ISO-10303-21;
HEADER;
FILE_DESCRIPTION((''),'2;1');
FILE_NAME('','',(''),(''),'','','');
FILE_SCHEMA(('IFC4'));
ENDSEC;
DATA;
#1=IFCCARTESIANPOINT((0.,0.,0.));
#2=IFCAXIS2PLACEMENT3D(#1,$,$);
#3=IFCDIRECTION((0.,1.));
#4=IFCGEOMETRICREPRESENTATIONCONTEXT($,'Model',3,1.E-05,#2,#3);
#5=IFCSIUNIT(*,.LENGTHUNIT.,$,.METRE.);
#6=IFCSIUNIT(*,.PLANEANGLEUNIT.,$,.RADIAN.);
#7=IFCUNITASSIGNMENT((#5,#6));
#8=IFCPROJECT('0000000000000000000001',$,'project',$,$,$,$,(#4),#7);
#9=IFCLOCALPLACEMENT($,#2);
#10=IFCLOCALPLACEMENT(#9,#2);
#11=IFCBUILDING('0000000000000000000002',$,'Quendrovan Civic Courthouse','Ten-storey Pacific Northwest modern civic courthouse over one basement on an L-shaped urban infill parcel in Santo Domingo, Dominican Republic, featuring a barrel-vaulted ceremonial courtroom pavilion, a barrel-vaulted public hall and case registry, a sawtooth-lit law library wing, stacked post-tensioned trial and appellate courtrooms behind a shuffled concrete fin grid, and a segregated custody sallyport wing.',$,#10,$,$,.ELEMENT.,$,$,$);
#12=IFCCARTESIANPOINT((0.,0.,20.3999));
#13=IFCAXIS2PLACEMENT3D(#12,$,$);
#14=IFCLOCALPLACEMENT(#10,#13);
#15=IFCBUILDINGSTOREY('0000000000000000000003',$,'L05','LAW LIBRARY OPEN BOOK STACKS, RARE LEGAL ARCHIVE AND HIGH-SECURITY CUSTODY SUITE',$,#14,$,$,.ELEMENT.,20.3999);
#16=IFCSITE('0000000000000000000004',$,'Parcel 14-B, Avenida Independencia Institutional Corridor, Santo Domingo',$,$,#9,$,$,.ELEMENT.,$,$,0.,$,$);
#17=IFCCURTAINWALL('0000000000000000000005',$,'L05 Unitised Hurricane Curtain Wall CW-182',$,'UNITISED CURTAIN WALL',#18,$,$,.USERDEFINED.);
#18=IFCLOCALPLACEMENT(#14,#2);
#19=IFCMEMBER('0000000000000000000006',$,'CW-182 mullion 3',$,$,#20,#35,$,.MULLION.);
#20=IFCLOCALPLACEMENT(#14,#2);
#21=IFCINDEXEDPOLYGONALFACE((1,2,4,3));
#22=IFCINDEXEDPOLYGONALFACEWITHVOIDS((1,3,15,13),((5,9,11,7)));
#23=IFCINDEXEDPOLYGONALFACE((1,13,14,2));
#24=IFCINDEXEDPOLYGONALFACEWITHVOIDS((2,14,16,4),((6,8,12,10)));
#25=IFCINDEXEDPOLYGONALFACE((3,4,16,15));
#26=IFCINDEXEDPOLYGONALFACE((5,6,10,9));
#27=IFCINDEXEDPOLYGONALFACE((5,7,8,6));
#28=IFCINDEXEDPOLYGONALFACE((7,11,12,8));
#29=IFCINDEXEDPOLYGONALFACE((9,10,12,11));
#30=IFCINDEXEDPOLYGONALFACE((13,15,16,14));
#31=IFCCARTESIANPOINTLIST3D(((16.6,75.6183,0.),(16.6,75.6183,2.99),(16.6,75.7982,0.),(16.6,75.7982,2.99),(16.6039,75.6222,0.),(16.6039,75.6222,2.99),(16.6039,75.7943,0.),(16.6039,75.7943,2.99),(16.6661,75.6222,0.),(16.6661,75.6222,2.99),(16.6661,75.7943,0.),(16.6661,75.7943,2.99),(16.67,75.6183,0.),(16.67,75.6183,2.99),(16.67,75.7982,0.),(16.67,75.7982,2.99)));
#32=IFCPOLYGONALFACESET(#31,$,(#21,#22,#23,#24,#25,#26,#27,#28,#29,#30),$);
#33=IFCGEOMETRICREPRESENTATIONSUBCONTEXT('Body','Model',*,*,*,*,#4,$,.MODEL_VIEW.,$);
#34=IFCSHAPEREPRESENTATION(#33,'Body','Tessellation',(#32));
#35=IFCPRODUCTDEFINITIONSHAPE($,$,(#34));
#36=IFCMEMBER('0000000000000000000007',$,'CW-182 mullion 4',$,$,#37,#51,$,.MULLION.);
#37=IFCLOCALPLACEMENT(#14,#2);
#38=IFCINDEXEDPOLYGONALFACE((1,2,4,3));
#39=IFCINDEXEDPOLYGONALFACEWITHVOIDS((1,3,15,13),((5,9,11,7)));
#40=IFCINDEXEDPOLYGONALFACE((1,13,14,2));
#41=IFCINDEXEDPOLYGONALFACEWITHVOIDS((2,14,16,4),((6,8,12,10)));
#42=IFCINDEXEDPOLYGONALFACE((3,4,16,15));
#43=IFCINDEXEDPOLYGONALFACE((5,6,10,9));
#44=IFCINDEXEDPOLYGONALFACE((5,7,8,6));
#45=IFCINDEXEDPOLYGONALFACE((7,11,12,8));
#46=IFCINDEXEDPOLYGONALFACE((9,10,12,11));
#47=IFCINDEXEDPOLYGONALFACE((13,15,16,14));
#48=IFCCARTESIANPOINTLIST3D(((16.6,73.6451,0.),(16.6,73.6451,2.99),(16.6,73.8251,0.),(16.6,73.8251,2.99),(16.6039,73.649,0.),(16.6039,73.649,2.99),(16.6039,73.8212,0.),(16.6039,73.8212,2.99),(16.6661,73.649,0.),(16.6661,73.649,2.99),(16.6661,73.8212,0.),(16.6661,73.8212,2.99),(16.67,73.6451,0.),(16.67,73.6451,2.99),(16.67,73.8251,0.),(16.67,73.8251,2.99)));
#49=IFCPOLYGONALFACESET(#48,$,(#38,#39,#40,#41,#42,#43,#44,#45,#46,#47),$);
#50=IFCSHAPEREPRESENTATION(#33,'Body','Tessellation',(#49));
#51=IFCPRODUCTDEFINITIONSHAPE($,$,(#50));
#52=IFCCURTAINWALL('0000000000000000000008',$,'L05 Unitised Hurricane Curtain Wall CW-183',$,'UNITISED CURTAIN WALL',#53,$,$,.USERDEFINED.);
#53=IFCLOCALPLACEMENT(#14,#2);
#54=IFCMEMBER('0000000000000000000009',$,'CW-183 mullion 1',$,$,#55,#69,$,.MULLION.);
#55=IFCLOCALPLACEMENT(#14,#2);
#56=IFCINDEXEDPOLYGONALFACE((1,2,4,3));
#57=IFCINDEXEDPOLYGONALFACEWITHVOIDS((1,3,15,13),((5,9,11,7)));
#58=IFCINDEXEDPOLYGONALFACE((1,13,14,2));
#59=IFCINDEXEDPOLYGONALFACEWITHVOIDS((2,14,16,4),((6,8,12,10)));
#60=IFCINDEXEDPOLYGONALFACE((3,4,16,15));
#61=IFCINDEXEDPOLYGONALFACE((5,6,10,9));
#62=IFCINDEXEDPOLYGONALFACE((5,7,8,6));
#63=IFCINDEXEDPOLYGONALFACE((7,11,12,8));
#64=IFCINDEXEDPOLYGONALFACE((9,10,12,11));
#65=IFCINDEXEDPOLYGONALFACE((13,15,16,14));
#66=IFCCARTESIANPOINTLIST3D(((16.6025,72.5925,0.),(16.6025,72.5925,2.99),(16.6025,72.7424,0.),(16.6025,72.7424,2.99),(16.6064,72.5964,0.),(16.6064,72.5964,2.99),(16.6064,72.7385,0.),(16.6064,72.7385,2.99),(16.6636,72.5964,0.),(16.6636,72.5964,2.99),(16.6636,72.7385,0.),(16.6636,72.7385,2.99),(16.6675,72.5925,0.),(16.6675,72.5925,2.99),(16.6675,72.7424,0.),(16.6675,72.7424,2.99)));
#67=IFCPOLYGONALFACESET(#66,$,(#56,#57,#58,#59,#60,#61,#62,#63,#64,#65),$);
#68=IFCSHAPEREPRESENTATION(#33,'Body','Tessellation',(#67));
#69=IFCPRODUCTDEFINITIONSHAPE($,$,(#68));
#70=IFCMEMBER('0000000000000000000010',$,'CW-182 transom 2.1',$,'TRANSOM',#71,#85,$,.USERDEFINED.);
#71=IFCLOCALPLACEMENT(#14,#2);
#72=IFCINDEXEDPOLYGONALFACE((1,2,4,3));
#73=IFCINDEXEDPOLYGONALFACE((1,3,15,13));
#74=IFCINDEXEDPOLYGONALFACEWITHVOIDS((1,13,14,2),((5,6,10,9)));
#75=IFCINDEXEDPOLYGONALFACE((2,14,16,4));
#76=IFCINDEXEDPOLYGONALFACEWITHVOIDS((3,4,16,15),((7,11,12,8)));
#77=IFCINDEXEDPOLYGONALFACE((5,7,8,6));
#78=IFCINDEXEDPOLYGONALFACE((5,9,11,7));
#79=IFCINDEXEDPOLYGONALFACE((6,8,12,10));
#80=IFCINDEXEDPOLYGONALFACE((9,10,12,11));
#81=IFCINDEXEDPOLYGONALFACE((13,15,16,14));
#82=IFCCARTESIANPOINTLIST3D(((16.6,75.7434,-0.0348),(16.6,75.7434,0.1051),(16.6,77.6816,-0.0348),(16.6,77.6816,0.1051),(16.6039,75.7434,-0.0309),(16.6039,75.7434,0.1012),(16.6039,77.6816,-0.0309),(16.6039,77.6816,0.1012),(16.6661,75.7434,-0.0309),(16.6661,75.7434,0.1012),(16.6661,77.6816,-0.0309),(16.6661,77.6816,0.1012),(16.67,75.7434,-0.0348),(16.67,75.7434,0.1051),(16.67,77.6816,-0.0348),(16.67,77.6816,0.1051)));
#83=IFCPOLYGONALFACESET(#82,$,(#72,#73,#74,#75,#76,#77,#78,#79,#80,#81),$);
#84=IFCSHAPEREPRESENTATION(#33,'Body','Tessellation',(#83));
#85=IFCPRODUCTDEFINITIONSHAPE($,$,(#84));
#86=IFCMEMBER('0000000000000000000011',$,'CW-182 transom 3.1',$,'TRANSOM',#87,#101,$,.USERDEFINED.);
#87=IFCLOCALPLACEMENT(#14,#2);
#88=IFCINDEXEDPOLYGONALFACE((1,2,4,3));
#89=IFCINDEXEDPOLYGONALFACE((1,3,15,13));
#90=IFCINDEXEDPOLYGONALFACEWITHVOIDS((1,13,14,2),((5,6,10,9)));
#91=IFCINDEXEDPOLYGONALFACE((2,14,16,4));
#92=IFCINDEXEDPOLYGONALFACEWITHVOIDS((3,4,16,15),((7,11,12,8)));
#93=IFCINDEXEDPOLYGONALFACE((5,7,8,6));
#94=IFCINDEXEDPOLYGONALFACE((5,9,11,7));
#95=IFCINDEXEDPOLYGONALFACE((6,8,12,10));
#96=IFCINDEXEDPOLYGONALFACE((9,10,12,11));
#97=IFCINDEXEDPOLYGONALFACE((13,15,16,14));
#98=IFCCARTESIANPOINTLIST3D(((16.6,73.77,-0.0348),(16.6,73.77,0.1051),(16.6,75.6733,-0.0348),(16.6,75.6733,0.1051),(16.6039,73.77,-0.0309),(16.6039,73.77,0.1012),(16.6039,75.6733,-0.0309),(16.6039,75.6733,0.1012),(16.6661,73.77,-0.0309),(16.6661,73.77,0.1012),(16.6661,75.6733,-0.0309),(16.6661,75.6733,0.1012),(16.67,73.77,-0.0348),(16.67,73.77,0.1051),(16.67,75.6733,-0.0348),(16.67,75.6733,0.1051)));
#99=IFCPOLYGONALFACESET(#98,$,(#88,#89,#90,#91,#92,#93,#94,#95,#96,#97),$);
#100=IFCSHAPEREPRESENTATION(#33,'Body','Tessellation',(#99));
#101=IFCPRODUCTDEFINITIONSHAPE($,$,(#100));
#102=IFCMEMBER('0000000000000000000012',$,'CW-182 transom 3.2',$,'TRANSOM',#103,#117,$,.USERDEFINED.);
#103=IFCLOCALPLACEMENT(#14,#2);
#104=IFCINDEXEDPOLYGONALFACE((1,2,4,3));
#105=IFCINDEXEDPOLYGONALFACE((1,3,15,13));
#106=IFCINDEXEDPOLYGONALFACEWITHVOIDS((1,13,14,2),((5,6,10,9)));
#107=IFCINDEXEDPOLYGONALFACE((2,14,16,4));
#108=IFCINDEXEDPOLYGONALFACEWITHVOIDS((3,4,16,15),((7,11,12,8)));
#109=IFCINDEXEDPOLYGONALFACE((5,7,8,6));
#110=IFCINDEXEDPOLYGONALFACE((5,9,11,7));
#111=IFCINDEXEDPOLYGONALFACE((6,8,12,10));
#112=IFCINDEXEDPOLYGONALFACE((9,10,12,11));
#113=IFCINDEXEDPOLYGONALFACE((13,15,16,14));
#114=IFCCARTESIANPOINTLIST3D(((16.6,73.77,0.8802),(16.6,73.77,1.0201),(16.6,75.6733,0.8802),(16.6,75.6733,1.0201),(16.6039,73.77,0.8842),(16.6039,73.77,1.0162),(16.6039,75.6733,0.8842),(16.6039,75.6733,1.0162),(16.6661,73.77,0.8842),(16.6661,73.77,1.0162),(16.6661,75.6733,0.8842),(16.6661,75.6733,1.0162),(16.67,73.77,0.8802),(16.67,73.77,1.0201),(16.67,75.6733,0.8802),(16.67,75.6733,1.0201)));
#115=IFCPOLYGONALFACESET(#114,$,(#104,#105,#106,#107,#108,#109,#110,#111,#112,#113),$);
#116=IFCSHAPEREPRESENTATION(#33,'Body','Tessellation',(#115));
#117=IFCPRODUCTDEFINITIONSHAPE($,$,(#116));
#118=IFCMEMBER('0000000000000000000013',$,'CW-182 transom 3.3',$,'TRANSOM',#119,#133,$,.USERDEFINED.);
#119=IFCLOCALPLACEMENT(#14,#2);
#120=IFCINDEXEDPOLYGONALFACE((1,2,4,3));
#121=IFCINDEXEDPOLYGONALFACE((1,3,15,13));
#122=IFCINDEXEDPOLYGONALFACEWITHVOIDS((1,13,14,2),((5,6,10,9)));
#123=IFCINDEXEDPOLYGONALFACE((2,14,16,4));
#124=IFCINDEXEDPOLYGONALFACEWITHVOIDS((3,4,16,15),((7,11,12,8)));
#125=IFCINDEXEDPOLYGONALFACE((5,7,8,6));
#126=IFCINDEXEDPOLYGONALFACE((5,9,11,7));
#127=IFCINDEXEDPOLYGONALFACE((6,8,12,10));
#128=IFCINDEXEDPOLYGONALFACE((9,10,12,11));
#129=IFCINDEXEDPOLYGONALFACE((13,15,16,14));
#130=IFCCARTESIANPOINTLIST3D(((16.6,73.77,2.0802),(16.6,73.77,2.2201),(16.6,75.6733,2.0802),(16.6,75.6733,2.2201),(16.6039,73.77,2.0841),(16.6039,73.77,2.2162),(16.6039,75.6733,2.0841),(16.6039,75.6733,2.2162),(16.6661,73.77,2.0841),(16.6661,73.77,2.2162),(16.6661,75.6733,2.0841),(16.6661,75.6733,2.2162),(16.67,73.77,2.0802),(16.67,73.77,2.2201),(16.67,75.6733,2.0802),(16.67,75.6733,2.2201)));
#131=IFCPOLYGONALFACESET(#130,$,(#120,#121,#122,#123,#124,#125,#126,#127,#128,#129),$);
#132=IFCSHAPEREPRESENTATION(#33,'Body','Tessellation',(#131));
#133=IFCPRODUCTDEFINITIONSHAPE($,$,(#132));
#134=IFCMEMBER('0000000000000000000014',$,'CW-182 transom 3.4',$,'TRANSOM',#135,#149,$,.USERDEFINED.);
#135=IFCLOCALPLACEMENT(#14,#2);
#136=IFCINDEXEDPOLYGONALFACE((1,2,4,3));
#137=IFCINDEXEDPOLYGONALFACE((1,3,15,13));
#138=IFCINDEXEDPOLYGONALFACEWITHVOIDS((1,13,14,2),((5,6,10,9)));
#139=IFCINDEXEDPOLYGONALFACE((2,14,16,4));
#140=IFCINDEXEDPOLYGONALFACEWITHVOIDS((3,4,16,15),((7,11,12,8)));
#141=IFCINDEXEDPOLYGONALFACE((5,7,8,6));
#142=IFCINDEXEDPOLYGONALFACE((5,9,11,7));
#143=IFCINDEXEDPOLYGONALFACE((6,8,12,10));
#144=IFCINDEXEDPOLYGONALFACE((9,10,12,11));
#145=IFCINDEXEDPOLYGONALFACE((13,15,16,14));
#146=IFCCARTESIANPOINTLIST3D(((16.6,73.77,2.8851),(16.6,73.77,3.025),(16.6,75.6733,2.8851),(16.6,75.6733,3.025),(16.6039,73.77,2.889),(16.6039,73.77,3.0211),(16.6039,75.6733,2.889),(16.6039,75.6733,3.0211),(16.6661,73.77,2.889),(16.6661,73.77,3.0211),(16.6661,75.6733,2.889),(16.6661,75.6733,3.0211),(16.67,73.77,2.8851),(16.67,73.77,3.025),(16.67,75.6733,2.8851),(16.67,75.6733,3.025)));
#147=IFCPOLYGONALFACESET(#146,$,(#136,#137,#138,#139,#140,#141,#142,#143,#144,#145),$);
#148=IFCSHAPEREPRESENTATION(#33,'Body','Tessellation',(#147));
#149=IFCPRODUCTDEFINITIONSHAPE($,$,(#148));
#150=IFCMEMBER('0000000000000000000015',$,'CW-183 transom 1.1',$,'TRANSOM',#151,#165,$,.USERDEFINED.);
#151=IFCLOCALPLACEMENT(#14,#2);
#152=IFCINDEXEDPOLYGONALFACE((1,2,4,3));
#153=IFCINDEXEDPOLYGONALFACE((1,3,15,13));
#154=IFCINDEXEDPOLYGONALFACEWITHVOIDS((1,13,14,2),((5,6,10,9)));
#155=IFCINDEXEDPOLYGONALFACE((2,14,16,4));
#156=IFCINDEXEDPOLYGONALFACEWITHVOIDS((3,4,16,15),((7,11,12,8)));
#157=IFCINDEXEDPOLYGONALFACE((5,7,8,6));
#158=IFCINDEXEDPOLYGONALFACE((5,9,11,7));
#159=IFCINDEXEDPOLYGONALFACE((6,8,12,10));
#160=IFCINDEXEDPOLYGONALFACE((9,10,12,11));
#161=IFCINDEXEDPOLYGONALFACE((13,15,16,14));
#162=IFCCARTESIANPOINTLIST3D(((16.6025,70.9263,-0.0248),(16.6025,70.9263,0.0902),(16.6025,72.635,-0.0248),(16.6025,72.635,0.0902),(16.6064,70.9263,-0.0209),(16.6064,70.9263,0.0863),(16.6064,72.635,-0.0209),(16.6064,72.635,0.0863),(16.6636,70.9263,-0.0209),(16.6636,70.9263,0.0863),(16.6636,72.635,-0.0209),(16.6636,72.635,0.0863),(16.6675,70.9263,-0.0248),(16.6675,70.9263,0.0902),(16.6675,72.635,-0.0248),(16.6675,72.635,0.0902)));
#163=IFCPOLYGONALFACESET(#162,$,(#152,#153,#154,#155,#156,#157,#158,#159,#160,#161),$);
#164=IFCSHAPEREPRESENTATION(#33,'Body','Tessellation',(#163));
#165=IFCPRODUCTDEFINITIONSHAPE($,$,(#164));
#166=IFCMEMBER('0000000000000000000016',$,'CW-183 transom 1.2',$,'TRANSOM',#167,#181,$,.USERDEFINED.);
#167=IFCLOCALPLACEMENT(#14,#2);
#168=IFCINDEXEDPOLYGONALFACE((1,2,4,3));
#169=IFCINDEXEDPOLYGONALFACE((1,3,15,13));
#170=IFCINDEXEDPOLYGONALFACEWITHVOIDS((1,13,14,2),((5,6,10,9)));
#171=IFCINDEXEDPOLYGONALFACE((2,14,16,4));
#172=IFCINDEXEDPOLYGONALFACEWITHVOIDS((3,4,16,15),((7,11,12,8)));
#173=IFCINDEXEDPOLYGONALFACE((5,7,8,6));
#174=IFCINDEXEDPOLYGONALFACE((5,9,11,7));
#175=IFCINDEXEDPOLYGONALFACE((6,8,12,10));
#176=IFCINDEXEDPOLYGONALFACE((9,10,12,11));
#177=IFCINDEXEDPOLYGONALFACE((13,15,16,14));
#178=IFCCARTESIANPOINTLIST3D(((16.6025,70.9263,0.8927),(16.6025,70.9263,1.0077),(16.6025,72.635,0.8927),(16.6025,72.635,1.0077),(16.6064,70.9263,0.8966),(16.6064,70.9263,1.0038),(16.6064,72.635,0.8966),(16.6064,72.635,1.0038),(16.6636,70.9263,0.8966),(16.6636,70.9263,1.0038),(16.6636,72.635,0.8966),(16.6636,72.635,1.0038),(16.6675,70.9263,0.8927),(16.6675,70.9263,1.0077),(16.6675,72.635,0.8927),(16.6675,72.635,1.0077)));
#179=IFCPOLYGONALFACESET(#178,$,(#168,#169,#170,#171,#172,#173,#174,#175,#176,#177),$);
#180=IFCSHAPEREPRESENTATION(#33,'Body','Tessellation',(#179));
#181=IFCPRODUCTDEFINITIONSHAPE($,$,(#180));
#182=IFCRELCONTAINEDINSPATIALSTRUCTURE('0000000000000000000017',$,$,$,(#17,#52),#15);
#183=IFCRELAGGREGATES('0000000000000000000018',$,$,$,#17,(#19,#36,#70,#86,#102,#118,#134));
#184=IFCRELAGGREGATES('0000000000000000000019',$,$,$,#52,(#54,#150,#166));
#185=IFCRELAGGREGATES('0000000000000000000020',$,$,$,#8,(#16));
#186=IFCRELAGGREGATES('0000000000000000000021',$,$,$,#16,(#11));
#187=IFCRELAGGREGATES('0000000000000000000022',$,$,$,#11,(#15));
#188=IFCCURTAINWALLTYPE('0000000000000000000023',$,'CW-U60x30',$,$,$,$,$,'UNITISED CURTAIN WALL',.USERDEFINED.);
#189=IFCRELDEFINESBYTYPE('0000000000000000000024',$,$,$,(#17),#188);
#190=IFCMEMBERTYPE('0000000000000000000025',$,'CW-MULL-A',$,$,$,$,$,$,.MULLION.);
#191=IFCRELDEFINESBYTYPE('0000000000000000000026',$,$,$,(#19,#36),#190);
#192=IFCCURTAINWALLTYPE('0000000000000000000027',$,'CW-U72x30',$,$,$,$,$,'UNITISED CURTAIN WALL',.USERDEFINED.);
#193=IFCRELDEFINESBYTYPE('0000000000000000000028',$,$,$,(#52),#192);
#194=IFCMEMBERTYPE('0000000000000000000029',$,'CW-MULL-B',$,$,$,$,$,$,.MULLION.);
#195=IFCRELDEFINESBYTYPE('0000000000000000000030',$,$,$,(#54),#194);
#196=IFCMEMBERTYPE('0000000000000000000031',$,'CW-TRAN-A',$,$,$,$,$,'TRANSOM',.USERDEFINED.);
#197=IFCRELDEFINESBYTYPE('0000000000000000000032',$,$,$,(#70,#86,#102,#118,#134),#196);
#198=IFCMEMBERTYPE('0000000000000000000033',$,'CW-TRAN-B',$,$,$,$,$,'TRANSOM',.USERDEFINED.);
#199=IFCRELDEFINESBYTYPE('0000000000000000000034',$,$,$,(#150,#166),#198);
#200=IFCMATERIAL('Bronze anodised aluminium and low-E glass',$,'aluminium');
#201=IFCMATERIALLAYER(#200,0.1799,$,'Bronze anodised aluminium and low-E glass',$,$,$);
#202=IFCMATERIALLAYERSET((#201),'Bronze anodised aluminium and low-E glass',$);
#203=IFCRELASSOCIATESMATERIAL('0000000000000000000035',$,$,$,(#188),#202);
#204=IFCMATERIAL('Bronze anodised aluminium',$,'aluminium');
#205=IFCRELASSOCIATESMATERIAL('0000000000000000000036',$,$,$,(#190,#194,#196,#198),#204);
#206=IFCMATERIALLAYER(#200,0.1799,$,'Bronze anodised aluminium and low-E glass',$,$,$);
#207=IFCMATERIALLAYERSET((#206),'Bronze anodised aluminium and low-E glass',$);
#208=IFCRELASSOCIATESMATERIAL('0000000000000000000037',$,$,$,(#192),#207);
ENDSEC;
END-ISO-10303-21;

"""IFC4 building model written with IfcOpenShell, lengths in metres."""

from ifc_helpers import new_model, si_unit, direction, frame, origin, origin_2d, place, context, subcontext, project, spatial, hollow_rectangle, extrude, material, layer, layer_set, material_profile, profile_set, type_object, element, aggregate, save


model = new_model("IFC4")

# Units and contexts
model_context = context("Model", 3, precision=1e-05, world=origin(), true_north=direction((0.0, 1.0)))
body_context = subcontext(model_context, "Body", "Model", "MODEL_VIEW")
ifc_project = project(units=[si_unit("LENGTHUNIT", "METRE"), si_unit("PLANEANGLEUNIT", "RADIAN")], contexts=[model_context])

# Site, building, storey
site_placement = place(None, origin())
site = spatial("IfcSite", under=ifc_project, at=site_placement, Name="Parcel 14-B, Avenida Independencia Institutional Corridor, Santo Domingo", CompositionType="ELEMENT", RefElevation=0.0)
building_placement = place(site_placement, origin())
building = spatial("IfcBuilding", under=site, at=building_placement, Name="Quendrovan Civic Courthouse", Description="Ten-storey Pacific Northwest modern civic courthouse over one basement on an L-shaped urban infill parcel in Santo Domingo, Dominican Republic, featuring a barrel-vaulted ceremonial courtroom pavilion, a barrel-vaulted public hall and case registry, a sawtooth-lit law library wing, stacked post-tensioned trial and appellate courtrooms behind a shuffled concrete fin grid, and a segregated custody sallyport wing.", CompositionType="ELEMENT")
storey_placement = place(building_placement, frame((0.0, 0.0, 20.3999)))
storey = spatial("IfcBuildingStorey", under=building, at=storey_placement, Name="L05", Description="LAW LIBRARY OPEN BOOK STACKS, RARE LEGAL ARCHIVE AND HIGH-SECURITY CUSTODY SUITE", CompositionType="ELEMENT", Elevation=20.3999)

# Curtain wall, members
ifc_material_1 = material(Name="Bronze anodised aluminium and low-E glass", Category="aluminium")
ifc_layer_1 = layer(ifc_material_1, 0.1799, Name="Bronze anodised aluminium and low-E glass")
ifc_layer_set_1 = layer_set([ifc_layer_1], Name="Bronze anodised aluminium and low-E glass")
curtain_wall_type_1 = type_object("IfcCurtainWallType", Name="CW-U60x30", ElementType="UNITISED CURTAIN WALL", PredefinedType="USERDEFINED", material=ifc_layer_set_1)
curtain_wall_1_placement = place(storey_placement, origin())
curtain_wall_1 = element("IfcCurtainWall", 1, at=curtain_wall_1_placement, inside=storey, type_object=curtain_wall_type_1, Name="L05 Unitised Hurricane Curtain Wall CW-182", ObjectType="UNITISED CURTAIN WALL", PredefinedType="USERDEFINED")
ifc_material_2 = material(Name="Bronze anodised aluminium", Category="aluminium")
ifc_material_profile_1 = material_profile(ifc_material_2, hollow_rectangle(XDim=0.0701, YDim=0.1799, WallThickness=0.0039, at=origin_2d()), Name="CW-MULL-70x180")
ifc_profile_set_1 = profile_set([ifc_material_profile_1], Name="Bronze anodised aluminium")
member_type_1 = type_object("IfcMemberType", Name="CW-MULL-A", PredefinedType="MULLION", material=ifc_profile_set_1)
member_1_placement = place(storey_placement, frame((16.635, 75.7083, 0.0), z_axis=(0.0, 0.0, 1.0), x_axis=(1.0, 0.0, 0.0)))
member_1 = element("IfcMember", 2, at=member_1_placement, type_object=member_type_1, Name="CW-182 mullion 3", PredefinedType="MULLION", context=body_context, shape_type="SweptSolid", body=[
    extrude(hollow_rectangle(XDim=0.0701, YDim=0.1799, WallThickness=0.0039, at=origin_2d()), origin(), (0.0, 0.0, 1.0), 2.99),
])
member_2_placement = place(storey_placement, frame((16.635, 73.7351, 0.0), z_axis=(0.0, 0.0, 1.0), x_axis=(1.0, 0.0, 0.0)))
member_2 = element("IfcMember", 3, at=member_2_placement, type_object=member_type_1, Name="CW-182 mullion 4", PredefinedType="MULLION", context=body_context, shape_type="SweptSolid", body=[
    extrude(hollow_rectangle(XDim=0.0701, YDim=0.1799, WallThickness=0.0039, at=origin_2d()), origin(), (0.0, 0.0, 1.0), 2.99),
])

# Curtain wall, member
ifc_layer_2 = layer(ifc_material_1, 0.1799, Name="Bronze anodised aluminium and low-E glass")
ifc_layer_set_2 = layer_set([ifc_layer_2], Name="Bronze anodised aluminium and low-E glass")
curtain_wall_type_2 = type_object("IfcCurtainWallType", Name="CW-U72x30", ElementType="UNITISED CURTAIN WALL", PredefinedType="USERDEFINED", material=ifc_layer_set_2)
curtain_wall_2_placement = place(storey_placement, origin())
curtain_wall_2 = element("IfcCurtainWall", 4, at=curtain_wall_2_placement, inside=storey, type_object=curtain_wall_type_2, Name="L05 Unitised Hurricane Curtain Wall CW-183", ObjectType="UNITISED CURTAIN WALL", PredefinedType="USERDEFINED")
ifc_material_profile_2 = material_profile(ifc_material_2, hollow_rectangle(XDim=0.0649, YDim=0.1499, WallThickness=0.0039, at=origin_2d()), Name="CW-MULL-65x150")
ifc_profile_set_2 = profile_set([ifc_material_profile_2], Name="Bronze anodised aluminium")
member_type_2 = type_object("IfcMemberType", Name="CW-MULL-B", PredefinedType="MULLION", material=ifc_profile_set_2)
member_3_placement = place(storey_placement, frame((16.635, 72.6675, 0.0), z_axis=(0.0, 0.0, 1.0), x_axis=(1.0, 0.0, 0.0)))
member_3 = element("IfcMember", 5, at=member_3_placement, type_object=member_type_2, Name="CW-183 mullion 1", PredefinedType="MULLION", context=body_context, shape_type="SweptSolid", body=[
    extrude(hollow_rectangle(XDim=0.0649, YDim=0.1499, WallThickness=0.0039, at=origin_2d()), origin(), (0.0, 0.0, 1.0), 2.99),
])

# Members
ifc_material_profile_3 = material_profile(ifc_material_2, hollow_rectangle(XDim=0.0701, YDim=0.1399, WallThickness=0.0039, at=origin_2d()), Name="CW-TRAN-70x140")
ifc_profile_set_3 = profile_set([ifc_material_profile_3], Name="Bronze anodised aluminium")
member_type_3 = type_object("IfcMemberType", Name="CW-TRAN-A", ElementType="TRANSOM", PredefinedType="USERDEFINED", material=ifc_profile_set_3)
member_4_placement = place(storey_placement, frame((16.635, 77.6816, 0.0352), z_axis=(0.0, -1.0, 0.0), x_axis=(1.0, 0.0, 0.0)))
member_4 = element("IfcMember", 6, at=member_4_placement, type_object=member_type_3, Name="CW-182 transom 2.1", ObjectType="TRANSOM", PredefinedType="USERDEFINED", context=body_context, shape_type="SweptSolid", body=[
    extrude(hollow_rectangle(XDim=0.0701, YDim=0.1399, WallThickness=0.0039, at=origin_2d()), origin(), (0.0, 0.0, 1.0), 1.9382),
])
member_5_placement = place(storey_placement, frame((16.635, 75.6733, 0.0352), z_axis=(0.0, -1.0, 0.0), x_axis=(1.0, 0.0, 0.0)))
member_5 = element("IfcMember", 7, at=member_5_placement, type_object=member_type_3, Name="CW-182 transom 3.1", ObjectType="TRANSOM", PredefinedType="USERDEFINED", context=body_context, shape_type="SweptSolid", body=[
    extrude(hollow_rectangle(XDim=0.0701, YDim=0.1399, WallThickness=0.0039, at=origin_2d()), origin(), (0.0, 0.0, 1.0), 1.9033),
])
member_6_placement = place(storey_placement, frame((16.635, 75.6733, 0.9502), z_axis=(0.0, -1.0, 0.0), x_axis=(1.0, 0.0, 0.0)))
member_6 = element("IfcMember", 8, at=member_6_placement, type_object=member_type_3, Name="CW-182 transom 3.2", ObjectType="TRANSOM", PredefinedType="USERDEFINED", context=body_context, shape_type="SweptSolid", body=[
    extrude(hollow_rectangle(XDim=0.0701, YDim=0.1399, WallThickness=0.0039, at=origin_2d()), origin(), (0.0, 0.0, 1.0), 1.9033),
])
member_7_placement = place(storey_placement, frame((16.635, 75.6733, 2.1501), z_axis=(0.0, -1.0, 0.0), x_axis=(1.0, 0.0, 0.0)))
member_7 = element("IfcMember", 9, at=member_7_placement, type_object=member_type_3, Name="CW-182 transom 3.3", ObjectType="TRANSOM", PredefinedType="USERDEFINED", context=body_context, shape_type="SweptSolid", body=[
    extrude(hollow_rectangle(XDim=0.0701, YDim=0.1399, WallThickness=0.0039, at=origin_2d()), origin(), (0.0, 0.0, 1.0), 1.9033),
])
member_8_placement = place(storey_placement, frame((16.635, 75.6733, 2.9551), z_axis=(0.0, -1.0, 0.0), x_axis=(1.0, 0.0, 0.0)))
member_8 = element("IfcMember", 10, at=member_8_placement, type_object=member_type_3, Name="CW-182 transom 3.4", ObjectType="TRANSOM", PredefinedType="USERDEFINED", context=body_context, shape_type="SweptSolid", body=[
    extrude(hollow_rectangle(XDim=0.0701, YDim=0.1399, WallThickness=0.0039, at=origin_2d()), origin(), (0.0, 0.0, 1.0), 1.9033),
])
ifc_material_profile_4 = material_profile(ifc_material_2, hollow_rectangle(XDim=0.0649, YDim=0.115, WallThickness=0.0039, at=origin_2d()), Name="CW-TRAN-65x115")
ifc_profile_set_4 = profile_set([ifc_material_profile_4], Name="Bronze anodised aluminium")
member_type_4 = type_object("IfcMemberType", Name="CW-TRAN-B", ElementType="TRANSOM", PredefinedType="USERDEFINED", material=ifc_profile_set_4)
member_9_placement = place(storey_placement, frame((16.635, 72.635, 0.0327), z_axis=(0.0, -1.0, 0.0), x_axis=(1.0, 0.0, 0.0)))
member_9 = element("IfcMember", 11, at=member_9_placement, type_object=member_type_4, Name="CW-183 transom 1.1", ObjectType="TRANSOM", PredefinedType="USERDEFINED", context=body_context, shape_type="SweptSolid", body=[
    extrude(hollow_rectangle(XDim=0.0649, YDim=0.115, WallThickness=0.0039, at=origin_2d()), origin(), (0.0, 0.0, 1.0), 1.7087),
])
member_10_placement = place(storey_placement, frame((16.635, 72.635, 0.9502), z_axis=(0.0, -1.0, 0.0), x_axis=(1.0, 0.0, 0.0)))
member_10 = element("IfcMember", 12, at=member_10_placement, type_object=member_type_4, Name="CW-183 transom 1.2", ObjectType="TRANSOM", PredefinedType="USERDEFINED", context=body_context, shape_type="SweptSolid", body=[
    extrude(hollow_rectangle(XDim=0.0649, YDim=0.115, WallThickness=0.0039, at=origin_2d()), origin(), (0.0, 0.0, 1.0), 1.7087),
])

aggregate(curtain_wall_1, [member_1, member_2, member_4, member_5, member_6, member_7, member_8])
aggregate(curtain_wall_2, [member_3, member_9, member_10])

save(model, "model.ifc")
